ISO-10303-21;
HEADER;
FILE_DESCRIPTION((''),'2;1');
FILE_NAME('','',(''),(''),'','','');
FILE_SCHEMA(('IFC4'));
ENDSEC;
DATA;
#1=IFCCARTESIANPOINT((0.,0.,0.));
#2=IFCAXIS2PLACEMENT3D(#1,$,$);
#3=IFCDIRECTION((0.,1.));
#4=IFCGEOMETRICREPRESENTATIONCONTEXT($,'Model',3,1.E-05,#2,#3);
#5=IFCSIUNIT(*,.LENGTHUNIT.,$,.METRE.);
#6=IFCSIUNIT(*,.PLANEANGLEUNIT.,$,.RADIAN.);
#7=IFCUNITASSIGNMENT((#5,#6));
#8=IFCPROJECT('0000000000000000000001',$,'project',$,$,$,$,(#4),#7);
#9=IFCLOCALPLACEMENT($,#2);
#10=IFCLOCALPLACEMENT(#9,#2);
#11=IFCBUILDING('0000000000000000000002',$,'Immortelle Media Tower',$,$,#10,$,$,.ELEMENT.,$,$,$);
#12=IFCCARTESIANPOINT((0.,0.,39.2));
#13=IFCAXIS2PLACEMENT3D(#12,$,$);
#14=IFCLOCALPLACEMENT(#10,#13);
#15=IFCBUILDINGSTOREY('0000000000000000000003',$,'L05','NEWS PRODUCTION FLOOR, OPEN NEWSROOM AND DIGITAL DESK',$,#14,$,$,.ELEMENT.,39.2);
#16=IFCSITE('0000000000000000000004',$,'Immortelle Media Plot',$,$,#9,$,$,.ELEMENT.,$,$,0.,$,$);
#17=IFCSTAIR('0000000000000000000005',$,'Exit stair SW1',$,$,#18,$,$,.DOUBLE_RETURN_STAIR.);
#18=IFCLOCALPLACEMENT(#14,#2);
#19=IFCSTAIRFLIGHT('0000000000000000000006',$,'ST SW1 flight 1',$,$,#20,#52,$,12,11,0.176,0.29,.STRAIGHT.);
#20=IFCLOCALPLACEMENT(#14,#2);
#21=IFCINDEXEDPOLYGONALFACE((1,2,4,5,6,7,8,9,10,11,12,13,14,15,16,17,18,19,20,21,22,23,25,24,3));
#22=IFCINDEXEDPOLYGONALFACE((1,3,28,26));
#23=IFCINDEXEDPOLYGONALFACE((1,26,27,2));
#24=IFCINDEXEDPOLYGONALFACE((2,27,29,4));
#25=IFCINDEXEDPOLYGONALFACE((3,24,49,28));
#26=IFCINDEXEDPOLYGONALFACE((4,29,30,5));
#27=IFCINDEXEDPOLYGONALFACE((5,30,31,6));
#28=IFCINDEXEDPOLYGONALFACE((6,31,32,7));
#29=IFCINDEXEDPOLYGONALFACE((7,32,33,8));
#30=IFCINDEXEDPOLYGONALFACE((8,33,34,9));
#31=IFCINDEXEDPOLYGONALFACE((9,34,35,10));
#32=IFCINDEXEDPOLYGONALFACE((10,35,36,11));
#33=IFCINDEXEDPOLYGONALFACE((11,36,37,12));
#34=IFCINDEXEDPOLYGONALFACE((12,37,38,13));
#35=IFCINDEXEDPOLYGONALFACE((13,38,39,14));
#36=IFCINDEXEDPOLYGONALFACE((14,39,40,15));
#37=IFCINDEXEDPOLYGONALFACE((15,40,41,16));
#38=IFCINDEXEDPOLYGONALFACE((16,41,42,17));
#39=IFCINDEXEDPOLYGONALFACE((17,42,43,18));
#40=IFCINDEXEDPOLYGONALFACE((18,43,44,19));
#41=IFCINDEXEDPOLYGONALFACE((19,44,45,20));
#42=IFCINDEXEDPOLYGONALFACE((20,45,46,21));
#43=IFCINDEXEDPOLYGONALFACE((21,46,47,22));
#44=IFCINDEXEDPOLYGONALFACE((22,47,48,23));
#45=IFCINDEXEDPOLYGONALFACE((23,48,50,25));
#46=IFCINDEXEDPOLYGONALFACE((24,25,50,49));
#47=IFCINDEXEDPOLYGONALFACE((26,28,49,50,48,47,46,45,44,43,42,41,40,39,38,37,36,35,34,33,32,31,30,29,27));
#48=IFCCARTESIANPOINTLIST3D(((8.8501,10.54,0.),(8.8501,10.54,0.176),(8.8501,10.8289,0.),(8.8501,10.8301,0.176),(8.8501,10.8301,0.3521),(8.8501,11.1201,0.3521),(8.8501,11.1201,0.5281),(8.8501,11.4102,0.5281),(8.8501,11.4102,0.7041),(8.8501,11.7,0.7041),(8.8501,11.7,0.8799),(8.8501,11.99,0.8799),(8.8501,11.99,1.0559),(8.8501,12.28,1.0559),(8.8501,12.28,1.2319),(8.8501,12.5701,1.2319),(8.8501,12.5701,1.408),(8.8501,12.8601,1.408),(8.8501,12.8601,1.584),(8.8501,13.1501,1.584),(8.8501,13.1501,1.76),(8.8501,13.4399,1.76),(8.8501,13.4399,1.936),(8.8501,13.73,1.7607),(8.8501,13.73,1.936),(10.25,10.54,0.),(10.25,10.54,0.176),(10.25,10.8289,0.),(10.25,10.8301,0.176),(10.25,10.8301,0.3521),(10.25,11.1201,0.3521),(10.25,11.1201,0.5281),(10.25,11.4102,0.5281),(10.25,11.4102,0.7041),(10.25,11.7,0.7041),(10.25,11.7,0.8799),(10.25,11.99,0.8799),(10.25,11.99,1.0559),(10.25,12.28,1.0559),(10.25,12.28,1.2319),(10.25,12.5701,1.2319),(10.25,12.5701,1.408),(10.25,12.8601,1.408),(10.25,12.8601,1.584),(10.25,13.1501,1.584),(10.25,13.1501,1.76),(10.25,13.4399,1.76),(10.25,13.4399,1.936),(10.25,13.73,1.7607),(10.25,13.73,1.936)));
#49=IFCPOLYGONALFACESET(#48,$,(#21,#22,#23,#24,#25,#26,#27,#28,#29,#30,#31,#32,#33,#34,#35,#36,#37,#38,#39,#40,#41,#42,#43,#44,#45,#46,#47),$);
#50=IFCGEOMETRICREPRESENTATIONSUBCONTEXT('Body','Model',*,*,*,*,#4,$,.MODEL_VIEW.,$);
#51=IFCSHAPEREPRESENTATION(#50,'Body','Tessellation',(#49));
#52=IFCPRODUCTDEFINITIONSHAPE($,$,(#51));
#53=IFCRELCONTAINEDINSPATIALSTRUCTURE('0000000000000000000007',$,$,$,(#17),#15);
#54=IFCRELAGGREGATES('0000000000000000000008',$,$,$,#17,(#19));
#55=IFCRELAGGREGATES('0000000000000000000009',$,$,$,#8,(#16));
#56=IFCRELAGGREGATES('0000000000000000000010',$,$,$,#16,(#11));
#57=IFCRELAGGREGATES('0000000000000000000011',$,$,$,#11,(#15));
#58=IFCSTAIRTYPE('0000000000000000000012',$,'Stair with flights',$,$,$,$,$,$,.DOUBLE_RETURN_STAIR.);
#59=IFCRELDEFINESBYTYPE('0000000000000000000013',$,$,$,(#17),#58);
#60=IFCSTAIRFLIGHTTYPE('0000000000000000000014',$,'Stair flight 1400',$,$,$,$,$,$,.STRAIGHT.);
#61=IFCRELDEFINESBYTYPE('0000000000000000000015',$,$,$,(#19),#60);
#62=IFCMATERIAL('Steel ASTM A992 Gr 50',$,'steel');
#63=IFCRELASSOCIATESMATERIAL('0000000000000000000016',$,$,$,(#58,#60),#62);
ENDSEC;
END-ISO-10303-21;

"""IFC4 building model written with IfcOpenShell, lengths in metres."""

from ifc_helpers import new_model, si_unit, direction, frame, origin, place, context, subcontext, project, spatial, polyline, outline, extrude, material, type_object, element, aggregate, save


model = new_model("IFC4")

# Units and contexts
model_context = context("Model", 3, precision=1e-05, world=origin(), true_north=direction((0.0, 1.0)))
body_context = subcontext(model_context, "Body", "Model", "MODEL_VIEW")
ifc_project = project(units=[si_unit("LENGTHUNIT", "METRE"), si_unit("PLANEANGLEUNIT", "RADIAN")], contexts=[model_context])

# Site, building, storey
site_placement = place(None, origin())
site = spatial("IfcSite", under=ifc_project, at=site_placement, Name="Immortelle Media Plot", CompositionType="ELEMENT", RefElevation=0.0)
building_placement = place(site_placement, origin())
building = spatial("IfcBuilding", under=site, at=building_placement, Name="Immortelle Media Tower", CompositionType="ELEMENT")
storey_placement = place(building_placement, frame((0.0, 0.0, 39.2)))
storey = spatial("IfcBuildingStorey", under=building, at=storey_placement, Name="L05", Description="NEWS PRODUCTION FLOOR, OPEN NEWSROOM AND DIGITAL DESK", CompositionType="ELEMENT", Elevation=39.2)

# Shared definitions
ifc_material_1 = material(Name="Steel ASTM A992 Gr 50", Category="steel")

# Stair, stair flight
stair_type = type_object("IfcStairType", Name="Stair with flights", PredefinedType="DOUBLE_RETURN_STAIR", material=ifc_material_1)
stair_placement = place(storey_placement, origin())
stair = element("IfcStair", 1, at=stair_placement, inside=storey, type_object=stair_type, Name="Exit stair SW1", PredefinedType="DOUBLE_RETURN_STAIR")
stair_flight_type = type_object("IfcStairFlightType", Name="Stair flight 1400", PredefinedType="STRAIGHT", material=ifc_material_1)
stair_flight_placement = place(storey_placement, frame((9.55, 10.54, 0.0), z_axis=(0.0, 0.0, 1.0), x_axis=(0.0, 1.0, 0.0)))
stair_flight = element("IfcStairFlight", 2, at=stair_flight_placement, type_object=stair_flight_type, Name="ST SW1 flight 1", NumberOfRisers=12, NumberOfTreads=11, PredefinedType="STRAIGHT", RiserHeight=0.176, TreadLength=0.29, context=body_context, shape_type="SweptSolid", body=[
    extrude(outline(polyline([(0.0, 0.0), (0.0, 0.176), (0.29, 0.176), (0.29, 0.3521), (0.5801, 0.3521), (0.5801, 0.5281), (0.8701, 0.5281), (0.8701, 0.7041), (1.1599, 0.7041), (1.1599, 0.8799), (1.45, 0.8799), (1.45, 1.0559), (1.74, 1.0559), (1.74, 1.2319), (2.03, 1.2319), (2.03, 1.408), (2.3201, 1.408), (2.3201, 1.584), (2.6101, 1.584), (2.6101, 1.76), (2.8999, 1.76), (2.8999, 1.936), (3.1899, 1.936), (3.1899, 2.1121), (3.1899, 1.7607), (0.2888, 0.0), (0.0, 0.0)])), frame((0.0, 0.7, 0.0), z_axis=(0.0, -1.0, 0.0), x_axis=(1.0, 0.0, 0.0)), (0.0, 0.0, 1.0), 1.3999),
])
aggregate(stair, [stair_flight])

save(model, "model.ifc")
